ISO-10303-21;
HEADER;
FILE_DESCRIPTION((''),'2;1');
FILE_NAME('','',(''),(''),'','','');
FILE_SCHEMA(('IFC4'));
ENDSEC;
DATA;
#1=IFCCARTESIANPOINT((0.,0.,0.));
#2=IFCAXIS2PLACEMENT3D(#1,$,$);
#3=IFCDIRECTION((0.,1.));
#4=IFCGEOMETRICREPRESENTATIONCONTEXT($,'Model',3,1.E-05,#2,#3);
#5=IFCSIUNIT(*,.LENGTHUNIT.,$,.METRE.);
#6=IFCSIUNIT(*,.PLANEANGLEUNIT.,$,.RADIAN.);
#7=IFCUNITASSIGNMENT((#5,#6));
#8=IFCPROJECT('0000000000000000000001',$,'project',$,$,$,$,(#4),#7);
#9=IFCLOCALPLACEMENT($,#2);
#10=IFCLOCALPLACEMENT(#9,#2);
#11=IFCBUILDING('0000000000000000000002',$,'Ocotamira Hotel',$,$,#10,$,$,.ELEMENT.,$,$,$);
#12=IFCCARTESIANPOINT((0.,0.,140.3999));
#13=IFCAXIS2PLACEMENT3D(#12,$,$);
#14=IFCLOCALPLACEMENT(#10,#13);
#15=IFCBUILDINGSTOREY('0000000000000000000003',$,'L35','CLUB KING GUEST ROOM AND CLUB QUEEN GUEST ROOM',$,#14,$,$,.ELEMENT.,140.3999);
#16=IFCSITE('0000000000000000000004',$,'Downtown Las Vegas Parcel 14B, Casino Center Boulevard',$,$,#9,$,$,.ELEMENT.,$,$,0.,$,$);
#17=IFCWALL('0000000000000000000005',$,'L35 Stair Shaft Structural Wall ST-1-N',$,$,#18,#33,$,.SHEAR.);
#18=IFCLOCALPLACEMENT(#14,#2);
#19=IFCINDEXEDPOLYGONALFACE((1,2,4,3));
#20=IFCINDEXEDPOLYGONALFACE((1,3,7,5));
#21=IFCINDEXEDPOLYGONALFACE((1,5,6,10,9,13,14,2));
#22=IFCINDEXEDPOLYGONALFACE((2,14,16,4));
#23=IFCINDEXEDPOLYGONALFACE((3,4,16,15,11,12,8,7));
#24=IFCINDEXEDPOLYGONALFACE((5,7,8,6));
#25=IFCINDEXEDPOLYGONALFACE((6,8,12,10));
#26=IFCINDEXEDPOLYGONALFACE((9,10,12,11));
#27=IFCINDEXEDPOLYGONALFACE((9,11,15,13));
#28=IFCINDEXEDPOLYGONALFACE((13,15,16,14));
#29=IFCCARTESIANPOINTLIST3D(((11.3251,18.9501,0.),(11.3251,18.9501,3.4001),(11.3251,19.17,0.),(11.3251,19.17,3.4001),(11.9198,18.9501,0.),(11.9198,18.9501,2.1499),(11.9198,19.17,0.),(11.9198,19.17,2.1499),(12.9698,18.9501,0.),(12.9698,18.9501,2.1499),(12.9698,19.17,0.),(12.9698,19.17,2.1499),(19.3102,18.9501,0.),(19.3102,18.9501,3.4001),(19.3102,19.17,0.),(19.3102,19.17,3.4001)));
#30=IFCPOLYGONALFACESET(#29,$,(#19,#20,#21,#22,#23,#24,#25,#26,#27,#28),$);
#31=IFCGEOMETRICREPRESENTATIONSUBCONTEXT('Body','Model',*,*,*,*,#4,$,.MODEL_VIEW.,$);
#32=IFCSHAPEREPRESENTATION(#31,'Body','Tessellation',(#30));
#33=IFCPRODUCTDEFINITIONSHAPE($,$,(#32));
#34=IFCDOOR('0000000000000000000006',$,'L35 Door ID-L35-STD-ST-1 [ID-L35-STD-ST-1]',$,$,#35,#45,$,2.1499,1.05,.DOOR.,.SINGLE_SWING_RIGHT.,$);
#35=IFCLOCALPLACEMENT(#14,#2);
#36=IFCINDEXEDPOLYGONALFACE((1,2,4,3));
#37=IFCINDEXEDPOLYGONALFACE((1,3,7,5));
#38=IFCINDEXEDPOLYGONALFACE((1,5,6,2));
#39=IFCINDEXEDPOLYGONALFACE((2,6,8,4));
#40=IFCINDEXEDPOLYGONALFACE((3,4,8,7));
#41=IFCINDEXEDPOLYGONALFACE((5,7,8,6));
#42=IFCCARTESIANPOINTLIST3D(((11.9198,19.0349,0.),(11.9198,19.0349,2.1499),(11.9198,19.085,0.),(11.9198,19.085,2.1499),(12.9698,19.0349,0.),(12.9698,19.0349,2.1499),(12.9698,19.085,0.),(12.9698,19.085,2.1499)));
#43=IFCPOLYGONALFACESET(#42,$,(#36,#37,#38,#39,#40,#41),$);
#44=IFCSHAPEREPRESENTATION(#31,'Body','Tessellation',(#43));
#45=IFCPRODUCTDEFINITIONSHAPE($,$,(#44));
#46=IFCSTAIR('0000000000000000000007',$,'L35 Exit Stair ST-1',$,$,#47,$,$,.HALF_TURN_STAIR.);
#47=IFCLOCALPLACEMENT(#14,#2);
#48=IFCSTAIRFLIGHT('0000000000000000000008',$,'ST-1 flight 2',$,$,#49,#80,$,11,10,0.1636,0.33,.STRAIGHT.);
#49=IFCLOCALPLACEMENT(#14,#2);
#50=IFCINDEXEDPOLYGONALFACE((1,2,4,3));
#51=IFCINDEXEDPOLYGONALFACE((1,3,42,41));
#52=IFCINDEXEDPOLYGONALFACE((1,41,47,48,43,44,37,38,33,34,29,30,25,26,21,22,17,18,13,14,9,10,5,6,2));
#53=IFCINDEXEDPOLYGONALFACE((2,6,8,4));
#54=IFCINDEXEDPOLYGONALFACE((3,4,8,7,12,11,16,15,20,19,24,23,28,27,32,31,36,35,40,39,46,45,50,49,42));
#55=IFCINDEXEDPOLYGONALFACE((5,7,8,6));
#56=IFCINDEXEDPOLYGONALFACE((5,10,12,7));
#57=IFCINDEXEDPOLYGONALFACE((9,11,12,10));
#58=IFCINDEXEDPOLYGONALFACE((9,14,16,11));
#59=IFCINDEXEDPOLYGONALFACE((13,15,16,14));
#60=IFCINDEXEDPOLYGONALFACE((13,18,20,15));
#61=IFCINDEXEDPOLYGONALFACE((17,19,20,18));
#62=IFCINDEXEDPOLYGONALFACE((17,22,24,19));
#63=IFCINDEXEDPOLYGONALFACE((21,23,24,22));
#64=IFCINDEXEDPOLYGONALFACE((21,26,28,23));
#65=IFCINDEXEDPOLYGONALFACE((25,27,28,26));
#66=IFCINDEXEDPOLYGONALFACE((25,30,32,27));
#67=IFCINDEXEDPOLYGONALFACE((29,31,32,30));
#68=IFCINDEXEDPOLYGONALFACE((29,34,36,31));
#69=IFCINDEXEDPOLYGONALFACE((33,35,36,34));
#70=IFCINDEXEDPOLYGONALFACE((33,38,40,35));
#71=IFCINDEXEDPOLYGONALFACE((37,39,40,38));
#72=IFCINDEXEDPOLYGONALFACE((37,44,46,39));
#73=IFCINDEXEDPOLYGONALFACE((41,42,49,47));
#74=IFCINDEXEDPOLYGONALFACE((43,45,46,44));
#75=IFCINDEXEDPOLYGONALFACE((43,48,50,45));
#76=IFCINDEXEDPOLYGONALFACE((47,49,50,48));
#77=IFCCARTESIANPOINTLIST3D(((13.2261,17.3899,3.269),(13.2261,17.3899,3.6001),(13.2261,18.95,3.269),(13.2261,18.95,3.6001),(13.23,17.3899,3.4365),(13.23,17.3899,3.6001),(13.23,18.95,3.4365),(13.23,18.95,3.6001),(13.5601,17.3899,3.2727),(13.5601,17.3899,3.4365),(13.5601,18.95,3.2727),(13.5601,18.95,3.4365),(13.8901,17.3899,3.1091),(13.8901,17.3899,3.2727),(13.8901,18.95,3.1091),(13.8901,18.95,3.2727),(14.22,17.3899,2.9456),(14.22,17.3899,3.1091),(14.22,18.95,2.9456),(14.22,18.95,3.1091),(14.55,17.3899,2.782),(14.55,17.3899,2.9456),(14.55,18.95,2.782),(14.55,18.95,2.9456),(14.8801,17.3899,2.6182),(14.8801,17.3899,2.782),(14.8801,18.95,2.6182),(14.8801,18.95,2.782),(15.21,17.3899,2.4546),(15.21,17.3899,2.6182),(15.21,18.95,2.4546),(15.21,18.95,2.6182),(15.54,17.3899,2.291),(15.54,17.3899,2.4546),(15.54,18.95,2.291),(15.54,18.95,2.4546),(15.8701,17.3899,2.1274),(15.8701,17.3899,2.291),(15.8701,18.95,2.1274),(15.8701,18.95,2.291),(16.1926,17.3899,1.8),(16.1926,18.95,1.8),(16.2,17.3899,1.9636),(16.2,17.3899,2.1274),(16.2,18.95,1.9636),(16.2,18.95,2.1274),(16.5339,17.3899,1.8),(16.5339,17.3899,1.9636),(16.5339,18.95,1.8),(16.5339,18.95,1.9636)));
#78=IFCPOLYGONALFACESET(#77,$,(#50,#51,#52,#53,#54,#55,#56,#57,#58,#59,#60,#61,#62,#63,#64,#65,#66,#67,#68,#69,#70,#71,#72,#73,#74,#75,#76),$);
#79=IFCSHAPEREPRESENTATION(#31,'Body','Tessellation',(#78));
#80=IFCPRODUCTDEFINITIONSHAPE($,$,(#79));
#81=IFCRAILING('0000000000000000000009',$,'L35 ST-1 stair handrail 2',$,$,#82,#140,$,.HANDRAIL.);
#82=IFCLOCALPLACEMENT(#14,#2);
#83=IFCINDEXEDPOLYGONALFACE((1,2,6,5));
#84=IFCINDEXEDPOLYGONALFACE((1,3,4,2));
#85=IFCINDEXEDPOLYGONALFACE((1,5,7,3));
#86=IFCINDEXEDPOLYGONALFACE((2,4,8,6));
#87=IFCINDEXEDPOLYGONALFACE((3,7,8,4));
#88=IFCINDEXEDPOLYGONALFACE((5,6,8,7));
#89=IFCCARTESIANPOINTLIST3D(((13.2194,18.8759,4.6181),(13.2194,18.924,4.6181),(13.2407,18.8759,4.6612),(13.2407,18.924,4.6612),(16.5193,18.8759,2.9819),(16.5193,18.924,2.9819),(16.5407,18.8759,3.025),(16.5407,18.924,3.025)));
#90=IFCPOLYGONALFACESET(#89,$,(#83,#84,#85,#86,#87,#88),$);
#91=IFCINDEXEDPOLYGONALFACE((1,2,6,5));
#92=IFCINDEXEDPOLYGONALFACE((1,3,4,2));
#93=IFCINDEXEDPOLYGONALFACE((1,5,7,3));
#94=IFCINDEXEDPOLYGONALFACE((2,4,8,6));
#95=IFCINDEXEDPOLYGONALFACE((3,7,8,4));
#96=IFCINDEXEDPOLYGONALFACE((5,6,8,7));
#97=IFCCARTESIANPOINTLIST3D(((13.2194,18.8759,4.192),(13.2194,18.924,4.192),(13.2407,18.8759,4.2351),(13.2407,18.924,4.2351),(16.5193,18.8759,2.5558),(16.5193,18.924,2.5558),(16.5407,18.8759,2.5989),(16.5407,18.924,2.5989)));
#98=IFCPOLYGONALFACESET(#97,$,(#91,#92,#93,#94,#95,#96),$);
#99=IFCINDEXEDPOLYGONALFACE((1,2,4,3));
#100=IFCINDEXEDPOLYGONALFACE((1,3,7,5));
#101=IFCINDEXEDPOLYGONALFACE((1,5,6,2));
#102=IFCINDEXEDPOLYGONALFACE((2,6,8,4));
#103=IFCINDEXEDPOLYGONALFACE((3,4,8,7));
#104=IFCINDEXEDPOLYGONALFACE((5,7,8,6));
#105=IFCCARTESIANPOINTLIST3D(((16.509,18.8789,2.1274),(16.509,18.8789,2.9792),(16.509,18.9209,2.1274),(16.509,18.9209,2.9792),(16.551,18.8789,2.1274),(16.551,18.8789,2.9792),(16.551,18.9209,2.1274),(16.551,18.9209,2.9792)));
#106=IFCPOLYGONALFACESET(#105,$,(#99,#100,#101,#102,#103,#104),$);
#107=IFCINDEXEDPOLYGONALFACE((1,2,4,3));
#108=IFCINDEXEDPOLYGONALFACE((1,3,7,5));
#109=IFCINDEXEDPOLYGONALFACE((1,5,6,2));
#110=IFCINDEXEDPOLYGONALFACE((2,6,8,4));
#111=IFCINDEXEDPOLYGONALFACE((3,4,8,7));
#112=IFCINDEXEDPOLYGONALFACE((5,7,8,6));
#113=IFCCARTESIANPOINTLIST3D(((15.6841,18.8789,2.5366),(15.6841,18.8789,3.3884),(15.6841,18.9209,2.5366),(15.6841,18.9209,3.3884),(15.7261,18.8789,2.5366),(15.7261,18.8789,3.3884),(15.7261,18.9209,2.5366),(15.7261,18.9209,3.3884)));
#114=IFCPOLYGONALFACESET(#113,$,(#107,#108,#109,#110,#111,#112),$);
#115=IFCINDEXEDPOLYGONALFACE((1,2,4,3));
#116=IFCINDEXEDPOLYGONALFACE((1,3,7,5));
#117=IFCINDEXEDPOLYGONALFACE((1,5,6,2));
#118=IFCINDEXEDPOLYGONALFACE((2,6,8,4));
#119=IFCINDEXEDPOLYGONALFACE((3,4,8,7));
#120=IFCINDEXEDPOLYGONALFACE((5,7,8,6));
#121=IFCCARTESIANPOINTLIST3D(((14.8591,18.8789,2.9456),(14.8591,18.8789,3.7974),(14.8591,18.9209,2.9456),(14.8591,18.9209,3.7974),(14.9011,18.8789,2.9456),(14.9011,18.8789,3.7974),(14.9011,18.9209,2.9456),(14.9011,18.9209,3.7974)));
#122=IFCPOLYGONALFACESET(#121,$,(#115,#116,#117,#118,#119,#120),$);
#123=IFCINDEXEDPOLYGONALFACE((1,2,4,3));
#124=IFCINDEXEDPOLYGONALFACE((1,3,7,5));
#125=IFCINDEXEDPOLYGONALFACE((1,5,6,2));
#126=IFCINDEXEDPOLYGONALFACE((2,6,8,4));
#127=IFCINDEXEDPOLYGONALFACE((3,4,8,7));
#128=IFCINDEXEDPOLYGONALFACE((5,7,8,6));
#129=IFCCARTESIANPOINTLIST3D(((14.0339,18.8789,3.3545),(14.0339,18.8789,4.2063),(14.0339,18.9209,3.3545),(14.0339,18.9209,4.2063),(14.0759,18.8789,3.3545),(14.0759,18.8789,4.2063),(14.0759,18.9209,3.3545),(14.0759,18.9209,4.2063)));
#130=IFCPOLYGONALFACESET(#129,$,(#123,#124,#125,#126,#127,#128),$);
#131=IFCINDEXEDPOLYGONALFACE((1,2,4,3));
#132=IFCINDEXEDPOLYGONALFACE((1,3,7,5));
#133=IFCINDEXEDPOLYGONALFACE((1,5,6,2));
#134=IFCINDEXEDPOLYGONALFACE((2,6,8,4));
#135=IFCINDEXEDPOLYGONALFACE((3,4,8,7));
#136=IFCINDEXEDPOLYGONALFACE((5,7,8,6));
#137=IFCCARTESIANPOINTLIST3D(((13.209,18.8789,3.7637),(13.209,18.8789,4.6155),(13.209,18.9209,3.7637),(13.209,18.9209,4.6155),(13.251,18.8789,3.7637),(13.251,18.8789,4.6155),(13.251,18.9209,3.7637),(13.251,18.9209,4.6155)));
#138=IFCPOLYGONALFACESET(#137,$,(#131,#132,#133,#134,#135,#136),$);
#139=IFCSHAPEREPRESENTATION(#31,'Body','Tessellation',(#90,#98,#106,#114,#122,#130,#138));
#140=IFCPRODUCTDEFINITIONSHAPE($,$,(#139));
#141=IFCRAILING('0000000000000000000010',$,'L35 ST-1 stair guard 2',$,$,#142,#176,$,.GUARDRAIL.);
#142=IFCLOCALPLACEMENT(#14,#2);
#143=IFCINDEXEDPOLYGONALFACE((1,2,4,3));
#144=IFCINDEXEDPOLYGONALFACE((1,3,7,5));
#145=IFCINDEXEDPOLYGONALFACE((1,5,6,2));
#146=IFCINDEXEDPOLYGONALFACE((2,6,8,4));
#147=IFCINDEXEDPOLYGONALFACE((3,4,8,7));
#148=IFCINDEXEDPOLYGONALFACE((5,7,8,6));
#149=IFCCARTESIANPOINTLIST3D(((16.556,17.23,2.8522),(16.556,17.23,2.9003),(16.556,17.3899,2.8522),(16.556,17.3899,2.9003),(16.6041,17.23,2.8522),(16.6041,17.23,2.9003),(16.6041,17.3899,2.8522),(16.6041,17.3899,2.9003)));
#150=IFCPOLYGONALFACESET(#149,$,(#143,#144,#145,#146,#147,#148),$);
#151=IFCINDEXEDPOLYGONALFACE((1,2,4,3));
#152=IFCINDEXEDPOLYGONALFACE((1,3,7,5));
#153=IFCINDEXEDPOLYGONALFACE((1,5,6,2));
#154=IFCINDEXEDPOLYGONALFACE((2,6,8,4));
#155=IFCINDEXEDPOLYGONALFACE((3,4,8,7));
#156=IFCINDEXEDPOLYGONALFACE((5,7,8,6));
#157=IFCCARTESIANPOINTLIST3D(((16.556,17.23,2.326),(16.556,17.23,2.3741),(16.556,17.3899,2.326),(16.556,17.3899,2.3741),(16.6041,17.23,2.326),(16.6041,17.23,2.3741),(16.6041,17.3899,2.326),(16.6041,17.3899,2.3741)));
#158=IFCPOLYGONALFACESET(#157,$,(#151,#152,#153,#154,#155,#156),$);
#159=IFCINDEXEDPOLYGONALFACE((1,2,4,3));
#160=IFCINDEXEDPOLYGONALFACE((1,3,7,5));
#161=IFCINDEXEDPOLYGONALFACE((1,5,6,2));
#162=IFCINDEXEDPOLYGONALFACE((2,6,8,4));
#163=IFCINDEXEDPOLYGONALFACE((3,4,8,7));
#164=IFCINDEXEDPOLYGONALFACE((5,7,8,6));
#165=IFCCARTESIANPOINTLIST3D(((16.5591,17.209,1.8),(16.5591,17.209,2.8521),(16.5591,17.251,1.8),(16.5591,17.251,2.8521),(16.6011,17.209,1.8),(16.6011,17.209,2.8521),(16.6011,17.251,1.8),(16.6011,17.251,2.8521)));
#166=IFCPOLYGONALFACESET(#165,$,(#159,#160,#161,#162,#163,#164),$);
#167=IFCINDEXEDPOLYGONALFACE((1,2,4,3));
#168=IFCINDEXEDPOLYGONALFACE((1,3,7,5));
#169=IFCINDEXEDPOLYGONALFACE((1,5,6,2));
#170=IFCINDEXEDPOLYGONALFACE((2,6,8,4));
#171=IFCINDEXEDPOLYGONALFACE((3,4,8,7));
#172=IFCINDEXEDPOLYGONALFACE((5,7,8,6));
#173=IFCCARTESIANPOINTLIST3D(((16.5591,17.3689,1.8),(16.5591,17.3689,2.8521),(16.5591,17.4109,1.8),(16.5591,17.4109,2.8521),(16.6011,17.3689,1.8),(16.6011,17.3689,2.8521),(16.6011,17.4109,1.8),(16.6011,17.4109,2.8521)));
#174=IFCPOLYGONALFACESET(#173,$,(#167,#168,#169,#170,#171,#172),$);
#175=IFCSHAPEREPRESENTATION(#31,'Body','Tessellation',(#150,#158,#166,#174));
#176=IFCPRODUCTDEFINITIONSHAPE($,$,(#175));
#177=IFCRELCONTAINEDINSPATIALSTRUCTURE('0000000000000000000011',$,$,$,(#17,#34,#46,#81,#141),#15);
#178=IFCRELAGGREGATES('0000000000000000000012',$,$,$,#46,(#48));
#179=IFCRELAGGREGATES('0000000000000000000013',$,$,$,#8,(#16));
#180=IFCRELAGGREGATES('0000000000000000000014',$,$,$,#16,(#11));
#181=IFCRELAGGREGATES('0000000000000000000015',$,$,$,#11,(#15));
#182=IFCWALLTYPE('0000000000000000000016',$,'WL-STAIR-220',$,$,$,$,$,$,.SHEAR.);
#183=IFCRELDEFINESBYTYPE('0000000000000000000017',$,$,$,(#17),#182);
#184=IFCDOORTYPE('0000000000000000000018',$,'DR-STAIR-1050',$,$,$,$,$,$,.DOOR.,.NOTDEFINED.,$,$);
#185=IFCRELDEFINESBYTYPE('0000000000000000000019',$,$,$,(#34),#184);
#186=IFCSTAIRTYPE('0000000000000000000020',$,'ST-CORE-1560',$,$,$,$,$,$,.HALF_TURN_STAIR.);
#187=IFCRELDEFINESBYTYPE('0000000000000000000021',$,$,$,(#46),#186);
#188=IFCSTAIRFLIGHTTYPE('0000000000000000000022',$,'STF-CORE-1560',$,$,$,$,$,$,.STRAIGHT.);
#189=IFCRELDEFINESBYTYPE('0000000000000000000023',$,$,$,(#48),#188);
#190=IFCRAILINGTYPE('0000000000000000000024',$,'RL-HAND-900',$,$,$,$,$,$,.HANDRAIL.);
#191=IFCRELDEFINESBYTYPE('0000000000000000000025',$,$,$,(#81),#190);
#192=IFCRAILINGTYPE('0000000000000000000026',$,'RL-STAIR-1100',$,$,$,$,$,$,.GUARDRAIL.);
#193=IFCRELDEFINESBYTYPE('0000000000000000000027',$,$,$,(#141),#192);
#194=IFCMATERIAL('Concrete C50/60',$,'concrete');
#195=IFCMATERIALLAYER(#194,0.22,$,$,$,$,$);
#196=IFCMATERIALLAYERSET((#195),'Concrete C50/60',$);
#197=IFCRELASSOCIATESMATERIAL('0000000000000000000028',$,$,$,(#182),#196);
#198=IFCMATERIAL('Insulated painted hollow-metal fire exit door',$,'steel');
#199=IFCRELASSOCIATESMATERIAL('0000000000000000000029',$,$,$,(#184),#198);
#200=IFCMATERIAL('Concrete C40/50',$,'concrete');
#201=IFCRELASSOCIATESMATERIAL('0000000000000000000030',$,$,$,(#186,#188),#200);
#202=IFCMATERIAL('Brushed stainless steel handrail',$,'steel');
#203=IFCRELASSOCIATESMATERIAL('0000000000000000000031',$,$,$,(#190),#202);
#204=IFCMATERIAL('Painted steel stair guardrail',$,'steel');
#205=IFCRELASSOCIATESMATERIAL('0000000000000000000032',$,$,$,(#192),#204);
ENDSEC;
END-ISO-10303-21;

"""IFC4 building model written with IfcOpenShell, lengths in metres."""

from ifc_helpers import new_model, si_unit, direction, frame, frame_2d, origin, origin_2d, place, context, subcontext, project, spatial, polyline, rectangle, outline, extrude, source, transform, mapped, material, layer, layer_set, type_object, element, fill, aggregate, save


model = new_model("IFC4")

# Units and contexts
model_context = context("Model", 3, precision=1e-05, world=origin(), true_north=direction((0.0, 1.0)))
body_context = subcontext(model_context, "Body", "Model", "MODEL_VIEW")
ifc_project = project(units=[si_unit("LENGTHUNIT", "METRE"), si_unit("PLANEANGLEUNIT", "RADIAN")], contexts=[model_context])

# Site, building, storey
site_placement = place(None, origin())
site = spatial("IfcSite", under=ifc_project, at=site_placement, Name="Downtown Las Vegas Parcel 14B, Casino Center Boulevard", CompositionType="ELEMENT", RefElevation=0.0)
building_placement = place(site_placement, origin())
building = spatial("IfcBuilding", under=site, at=building_placement, Name="Ocotamira Hotel", CompositionType="ELEMENT")
storey_placement = place(building_placement, frame((0.0, 0.0, 140.3999)))
storey = spatial("IfcBuildingStorey", under=building, at=storey_placement, Name="L35", Description="CLUB KING GUEST ROOM AND CLUB QUEEN GUEST ROOM", CompositionType="ELEMENT", Elevation=140.3999)

# Wall, opening, door
ifc_material_1 = material(Name="Concrete C50/60", Category="concrete")
ifc_layer_1 = layer(ifc_material_1, 0.22)
ifc_layer_set_1 = layer_set([ifc_layer_1], Name="Concrete C50/60")
wall_type_1 = type_object("IfcWallType", Name="WL-STAIR-220", PredefinedType="SHEAR", material=ifc_layer_set_1)
wall_1_placement = place(storey_placement, frame((11.325, 19.0601, 0.0), z_axis=(0.0, 0.0, 1.0), x_axis=(1.0, 0.0, 0.0)))
wall_1 = element("IfcWall", 1, at=wall_1_placement, inside=storey, type_object=wall_type_1, Name="L35 Stair Shaft Structural Wall ST-1-N", PredefinedType="SHEAR", context=body_context, shape_type="SweptSolid", body=[
    extrude(rectangle(XDim=7.9851, YDim=0.22, at=frame_2d((3.9927, 0.0))), origin(), (0.0, 0.0, 1.0), 3.4001),
])
opening_1_placement = place(wall_1_placement, frame((0.595, 0.0, 0.0)))
opening_1 = element("IfcOpeningElement", 2, at=opening_1_placement, cuts=wall_1, PredefinedType="OPENING", context=body_context, shape_type="SweptSolid", body=[
    extrude(rectangle(XDim=1.05, YDim=2.1499, at=frame_2d((0.5249, 1.075))), frame((0.0, 0.1201, 0.0), z_axis=(0.0, -1.0, 0.0), x_axis=(1.0, 0.0, 0.0)), (0.0, 0.0, 1.0), 0.24),
])
ifc_material_2 = material(Name="Insulated painted hollow-metal fire exit door", Category="steel")
door_type_1 = type_object("IfcDoorType", Name="DR-STAIR-1050", OperationType="NOTDEFINED", PredefinedType="DOOR", material=ifc_material_2)
shared_shape_1 = source(origin(), body_context, "Body", "SweptSolid", [
    extrude(rectangle(XDim=1.05, YDim=2.1499, at=frame_2d((0.5249, 1.075))), frame((0.0, 0.0249, 0.0), z_axis=(0.0, -1.0, 0.0), x_axis=(1.0, 0.0, 0.0)), (0.0, 0.0, 1.0), 0.05),
])
door_1_placement = place(opening_1_placement, origin())
door_1 = element("IfcDoor", 3, at=door_1_placement, inside=storey, type_object=door_type_1, Name="L35 Door ID-L35-STD-ST-1 [ID-L35-STD-ST-1]", OperationType="SINGLE_SWING_RIGHT", OverallHeight=2.1499, OverallWidth=1.05, PredefinedType="DOOR", context=body_context, shape_type="MappedRepresentation", body=[
    mapped(shared_shape_1, transform((0.0, 0.0, 0.0), scale=1.0)),
])
fill(opening_1, door_1)

# Stair, stair flight
ifc_material_3 = material(Name="Concrete C40/50", Category="concrete")
stair_type = type_object("IfcStairType", Name="ST-CORE-1560", PredefinedType="HALF_TURN_STAIR", material=ifc_material_3)
stair_placement = place(storey_placement, origin())
stair = element("IfcStair", 4, at=stair_placement, inside=storey, type_object=stair_type, Name="L35 Exit Stair ST-1", PredefinedType="HALF_TURN_STAIR")
stair_flight_type = type_object("IfcStairFlightType", Name="STF-CORE-1560", PredefinedType="STRAIGHT", material=ifc_material_3)
shared_shape_2 = source(origin(), body_context, "Body", "SweptSolid", [
    extrude(outline(polyline([(-0.0039, 0.0), (-0.0039, 0.1636), (0.3301, 0.1636), (0.3301, 0.3274), (0.6599, 0.3274), (0.6599, 0.491), (0.99, 0.491), (0.99, 0.6545), (1.3201, 0.6545), (1.3201, 0.8181), (1.6499, 0.8181), (1.6499, 0.9819), (1.98, 0.9819), (1.98, 1.1455), (2.3101, 1.1455), (2.3101, 1.3091), (2.6399, 1.3091), (2.6399, 1.4727), (2.97, 1.4727), (2.97, 1.6365), (3.3, 1.6365), (3.3, 1.8), (3.304, 1.8), (3.304, 1.469), (0.3374, 0.0), (-0.0039, 0.0)])), frame((0.0, 0.78, 0.0), z_axis=(0.0, -1.0, 0.0), x_axis=(1.0, 0.0, 0.0)), (0.0, 0.0, 1.0), 1.5601),
])
stair_flight_placement = place(storey_placement, frame((16.53, 18.1699, 1.8), z_axis=(0.0, 0.0, 1.0), x_axis=(-1.0, 0.0, 0.0)))
stair_flight = element("IfcStairFlight", 5, at=stair_flight_placement, type_object=stair_flight_type, Name="ST-1 flight 2", NumberOfRisers=11, NumberOfTreads=10, PredefinedType="STRAIGHT", RiserHeight=0.1636, TreadLength=0.33, context=body_context, shape_type="MappedRepresentation", body=[
    mapped(shared_shape_2, transform((0.0, 0.0, 0.0), scale=1.0)),
])
aggregate(stair, [stair_flight])

# Railings
ifc_material_4 = material(Name="Brushed stainless steel handrail", Category="steel")
railing_type_1 = type_object("IfcRailingType", Name="RL-HAND-900", PredefinedType="HANDRAIL", material=ifc_material_4)
railing_1_placement = place(storey_placement, frame((16.53, 18.8999, 2.1274)))
element("IfcRailing", 6, at=railing_1_placement, inside=storey, type_object=railing_type_1, Name="L35 ST-1 stair handrail 2", PredefinedType="HANDRAIL", context=body_context, shape_type="SweptSolid", body=[
    extrude(rectangle(XDim=0.0481, YDim=0.0481, at=origin_2d()), frame((0.0, 0.0, 0.876), z_axis=(-0.89592, 0.0, 0.444215), x_axis=(0.0, -1.0, 0.0)), (0.0, 0.0, 1.0), 3.6833),
    extrude(rectangle(XDim=0.0481, YDim=0.0481, at=origin_2d()), frame((0.0, 0.0, 0.45), z_axis=(-0.89592, 0.0, 0.444215), x_axis=(0.0, -1.0, 0.0)), (0.0, 0.0, 1.0), 3.6833),
    extrude(rectangle(XDim=0.042, YDim=0.042, at=origin_2d()), origin(), (0.0, 0.0, 1.0), 0.8518),
    extrude(rectangle(XDim=0.042, YDim=0.042, at=origin_2d()), frame((-0.825, 0.0, 0.4092)), (0.0, 0.0, 1.0), 0.8518),
    extrude(rectangle(XDim=0.042, YDim=0.042, at=origin_2d()), frame((-1.6499, 0.0, 0.8181)), (0.0, 0.0, 1.0), 0.8518),
    extrude(rectangle(XDim=0.042, YDim=0.042, at=origin_2d()), frame((-2.4751, 0.0, 1.2271)), (0.0, 0.0, 1.0), 0.8518),
    extrude(rectangle(XDim=0.042, YDim=0.042, at=origin_2d()), frame((-3.3, 0.0, 1.6362)), (0.0, 0.0, 1.0), 0.8518),
])
ifc_material_5 = material(Name="Painted steel stair guardrail", Category="steel")
railing_type_2 = type_object("IfcRailingType", Name="RL-STAIR-1100", PredefinedType="GUARDRAIL", material=ifc_material_5)
railing_2_placement = place(storey_placement, frame((16.5801, 17.23, 1.8)))
element("IfcRailing", 7, at=railing_2_placement, inside=storey, type_object=railing_type_2, Name="L35 ST-1 stair guard 2", PredefinedType="GUARDRAIL", context=body_context, shape_type="SweptSolid", body=[
    extrude(rectangle(XDim=0.0481, YDim=0.0481, at=origin_2d()), frame((0.0, 0.0, 1.0762), z_axis=(0.0, 1.0, 0.0), x_axis=(-1.0, 0.0, 0.0)), (0.0, 0.0, 1.0), 0.1599),
    extrude(rectangle(XDim=0.0481, YDim=0.0481, at=origin_2d()), frame((0.0, 0.0, 0.55), z_axis=(0.0, 1.0, 0.0), x_axis=(-1.0, 0.0, 0.0)), (0.0, 0.0, 1.0), 0.1599),
    extrude(rectangle(XDim=0.042, YDim=0.042, at=origin_2d()), origin(), (0.0, 0.0, 1.0), 1.052),
    extrude(rectangle(XDim=0.042, YDim=0.042, at=origin_2d()), frame((0.0, 0.1599, 0.0)), (0.0, 0.0, 1.0), 1.052),
])

save(model, "model.ifc")
